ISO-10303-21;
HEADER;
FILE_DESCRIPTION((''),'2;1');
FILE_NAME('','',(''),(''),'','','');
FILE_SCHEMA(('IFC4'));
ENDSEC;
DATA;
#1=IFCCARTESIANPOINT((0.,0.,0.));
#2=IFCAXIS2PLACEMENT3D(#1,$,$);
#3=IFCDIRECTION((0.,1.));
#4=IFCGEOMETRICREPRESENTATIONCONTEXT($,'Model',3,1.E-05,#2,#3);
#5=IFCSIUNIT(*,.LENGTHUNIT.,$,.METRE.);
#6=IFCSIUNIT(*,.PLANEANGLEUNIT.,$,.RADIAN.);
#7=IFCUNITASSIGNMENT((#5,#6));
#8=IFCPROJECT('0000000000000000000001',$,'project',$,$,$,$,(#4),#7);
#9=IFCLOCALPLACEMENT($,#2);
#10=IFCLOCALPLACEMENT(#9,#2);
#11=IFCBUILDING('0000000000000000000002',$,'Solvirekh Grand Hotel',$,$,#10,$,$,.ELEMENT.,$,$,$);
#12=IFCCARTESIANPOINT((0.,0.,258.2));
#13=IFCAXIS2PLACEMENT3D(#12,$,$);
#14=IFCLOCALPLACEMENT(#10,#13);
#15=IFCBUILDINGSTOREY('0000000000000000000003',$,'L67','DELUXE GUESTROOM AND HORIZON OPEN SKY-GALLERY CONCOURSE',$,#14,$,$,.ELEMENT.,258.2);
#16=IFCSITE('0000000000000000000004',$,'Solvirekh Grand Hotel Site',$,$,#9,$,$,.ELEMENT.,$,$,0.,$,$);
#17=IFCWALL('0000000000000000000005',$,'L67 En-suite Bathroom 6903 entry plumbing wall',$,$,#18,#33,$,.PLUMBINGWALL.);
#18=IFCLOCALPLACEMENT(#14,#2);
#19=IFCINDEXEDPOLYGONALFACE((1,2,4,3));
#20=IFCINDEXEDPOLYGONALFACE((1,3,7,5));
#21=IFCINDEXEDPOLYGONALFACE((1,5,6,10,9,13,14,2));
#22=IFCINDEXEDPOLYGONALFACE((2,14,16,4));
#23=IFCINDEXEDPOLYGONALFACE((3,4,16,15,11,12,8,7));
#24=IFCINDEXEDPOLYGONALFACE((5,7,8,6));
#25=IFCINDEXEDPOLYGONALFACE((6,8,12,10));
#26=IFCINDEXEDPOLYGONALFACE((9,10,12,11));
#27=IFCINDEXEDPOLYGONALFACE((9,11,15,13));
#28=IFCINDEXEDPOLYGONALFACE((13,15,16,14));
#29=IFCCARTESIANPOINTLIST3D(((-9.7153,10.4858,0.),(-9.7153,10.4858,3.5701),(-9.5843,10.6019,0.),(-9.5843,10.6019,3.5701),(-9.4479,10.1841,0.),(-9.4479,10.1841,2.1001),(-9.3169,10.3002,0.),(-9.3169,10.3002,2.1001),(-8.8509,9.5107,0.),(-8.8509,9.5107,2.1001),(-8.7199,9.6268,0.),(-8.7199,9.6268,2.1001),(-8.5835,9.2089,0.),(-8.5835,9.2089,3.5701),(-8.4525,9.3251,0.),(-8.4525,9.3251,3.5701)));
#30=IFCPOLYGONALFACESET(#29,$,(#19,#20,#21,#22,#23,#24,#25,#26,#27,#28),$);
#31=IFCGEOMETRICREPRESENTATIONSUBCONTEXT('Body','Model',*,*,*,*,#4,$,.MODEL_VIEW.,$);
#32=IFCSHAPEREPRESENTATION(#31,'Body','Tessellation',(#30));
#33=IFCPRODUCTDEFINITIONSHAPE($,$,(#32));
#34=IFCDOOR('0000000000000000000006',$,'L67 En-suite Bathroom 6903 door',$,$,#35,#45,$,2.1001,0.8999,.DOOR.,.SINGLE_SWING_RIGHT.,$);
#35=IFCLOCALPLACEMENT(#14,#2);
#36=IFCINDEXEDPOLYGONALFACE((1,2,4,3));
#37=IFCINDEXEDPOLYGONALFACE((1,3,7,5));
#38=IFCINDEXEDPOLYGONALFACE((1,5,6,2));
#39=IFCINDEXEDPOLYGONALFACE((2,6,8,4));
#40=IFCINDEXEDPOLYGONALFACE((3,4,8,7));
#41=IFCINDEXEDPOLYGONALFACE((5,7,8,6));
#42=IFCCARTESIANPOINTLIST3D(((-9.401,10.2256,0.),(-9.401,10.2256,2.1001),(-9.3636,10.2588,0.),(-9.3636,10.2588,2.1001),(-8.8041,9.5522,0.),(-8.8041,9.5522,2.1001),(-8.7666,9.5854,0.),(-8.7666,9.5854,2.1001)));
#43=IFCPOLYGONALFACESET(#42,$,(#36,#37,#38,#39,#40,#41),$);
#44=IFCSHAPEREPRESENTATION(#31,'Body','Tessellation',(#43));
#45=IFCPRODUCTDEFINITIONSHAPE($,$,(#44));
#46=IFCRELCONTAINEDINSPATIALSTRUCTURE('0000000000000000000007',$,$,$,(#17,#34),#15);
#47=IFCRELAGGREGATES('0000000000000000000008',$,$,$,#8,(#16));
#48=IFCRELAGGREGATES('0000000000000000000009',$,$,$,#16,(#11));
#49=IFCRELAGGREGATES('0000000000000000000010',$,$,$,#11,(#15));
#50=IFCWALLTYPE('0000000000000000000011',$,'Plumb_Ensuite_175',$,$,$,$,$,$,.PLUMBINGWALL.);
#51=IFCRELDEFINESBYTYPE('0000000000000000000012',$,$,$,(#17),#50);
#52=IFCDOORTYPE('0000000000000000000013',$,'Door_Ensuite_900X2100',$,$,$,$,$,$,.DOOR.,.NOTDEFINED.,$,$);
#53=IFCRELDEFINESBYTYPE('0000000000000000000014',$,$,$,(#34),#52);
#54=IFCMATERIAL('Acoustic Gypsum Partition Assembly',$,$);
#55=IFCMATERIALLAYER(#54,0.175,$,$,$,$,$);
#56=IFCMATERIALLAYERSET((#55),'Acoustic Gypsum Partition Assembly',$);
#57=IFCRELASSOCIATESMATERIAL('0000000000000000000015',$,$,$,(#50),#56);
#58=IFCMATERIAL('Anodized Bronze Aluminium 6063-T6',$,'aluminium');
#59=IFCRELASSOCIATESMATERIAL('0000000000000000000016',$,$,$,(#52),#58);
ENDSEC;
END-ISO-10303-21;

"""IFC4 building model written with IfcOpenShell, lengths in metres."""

from ifc_helpers import new_model, si_unit, direction, frame, frame_2d, origin, place, context, subcontext, project, spatial, rectangle, extrude, material, layer, layer_set, type_object, element, fill, save


model = new_model("IFC4")

# Units and contexts
model_context = context("Model", 3, precision=1e-05, world=origin(), true_north=direction((0.0, 1.0)))
body_context = subcontext(model_context, "Body", "Model", "MODEL_VIEW")
ifc_project = project(units=[si_unit("LENGTHUNIT", "METRE"), si_unit("PLANEANGLEUNIT", "RADIAN")], contexts=[model_context])

# Site, building, storey
site_placement = place(None, origin())
site = spatial("IfcSite", under=ifc_project, at=site_placement, Name="Solvirekh Grand Hotel Site", CompositionType="ELEMENT", RefElevation=0.0)
building_placement = place(site_placement, origin())
building = spatial("IfcBuilding", under=site, at=building_placement, Name="Solvirekh Grand Hotel", CompositionType="ELEMENT")
storey_placement = place(building_placement, frame((0.0, 0.0, 258.2)))
storey = spatial("IfcBuildingStorey", under=building, at=storey_placement, Name="L67", Description="DELUXE GUESTROOM AND HORIZON OPEN SKY-GALLERY CONCOURSE", CompositionType="ELEMENT", Elevation=258.2)

# Shared definitions
ifc_material_1 = material(Name="Anodized Bronze Aluminium 6063-T6", Category="aluminium")

# Shared definitions
ifc_material_2 = material(Name="Acoustic Gypsum Partition Assembly")

# Wall, opening, door
ifc_layer_1 = layer(ifc_material_2, 0.175)
ifc_layer_set_1 = layer_set([ifc_layer_1], Name="Acoustic Gypsum Partition Assembly")
wall_type_1 = type_object("IfcWallType", Name="Plumb_Ensuite_175", PredefinedType="PLUMBINGWALL", material=ifc_layer_set_1)
wall_1_placement = place(storey_placement, frame((-8.5181, 9.2671, 0.0), z_axis=(0.0, 0.0, 1.0), x_axis=(-0.663333, 0.748324, 0.0)))
wall_1 = element("IfcWall", 1, at=wall_1_placement, inside=storey, type_object=wall_type_1, Name="L67 En-suite Bathroom 6903 entry plumbing wall", PredefinedType="PLUMBINGWALL", context=body_context, shape_type="SweptSolid", body=[
    extrude(rectangle(XDim=1.7063, YDim=0.175, at=frame_2d((0.853, 0.0))), origin(), (0.0, 0.0, 1.0), 3.5701),
])
opening_1_placement = place(wall_1_placement, frame((0.4031, 0.0, 0.0)))
opening_1 = element("IfcOpeningElement", 2, at=opening_1_placement, cuts=wall_1, PredefinedType="OPENING", context=body_context, shape_type="SweptSolid", body=[
    extrude(rectangle(XDim=0.8999, YDim=2.1001, at=frame_2d((0.45, 1.05))), frame((0.0, 0.0977, 0.0), z_axis=(0.0, -1.0, 0.0), x_axis=(1.0, 0.0, 0.0)), (0.0, 0.0, 1.0), 0.1951),
])
door_type_1 = type_object("IfcDoorType", Name="Door_Ensuite_900X2100", OperationType="NOTDEFINED", PredefinedType="DOOR", material=ifc_material_1)
door_1_placement = place(opening_1_placement, origin())
door_1 = element("IfcDoor", 3, at=door_1_placement, inside=storey, type_object=door_type_1, Name="L67 En-suite Bathroom 6903 door", OperationType="SINGLE_SWING_RIGHT", OverallHeight=2.1001, OverallWidth=0.8999, PredefinedType="DOOR", context=body_context, shape_type="SweptSolid", body=[
    extrude(rectangle(XDim=0.8999, YDim=2.1001, at=frame_2d((0.45, 1.05))), frame((0.0, 0.0249, 0.0), z_axis=(0.0, -1.0, 0.0), x_axis=(1.0, 0.0, 0.0)), (0.0, 0.0, 1.0), 0.05),
])
fill(opening_1, door_1)

save(model, "model.ifc")
